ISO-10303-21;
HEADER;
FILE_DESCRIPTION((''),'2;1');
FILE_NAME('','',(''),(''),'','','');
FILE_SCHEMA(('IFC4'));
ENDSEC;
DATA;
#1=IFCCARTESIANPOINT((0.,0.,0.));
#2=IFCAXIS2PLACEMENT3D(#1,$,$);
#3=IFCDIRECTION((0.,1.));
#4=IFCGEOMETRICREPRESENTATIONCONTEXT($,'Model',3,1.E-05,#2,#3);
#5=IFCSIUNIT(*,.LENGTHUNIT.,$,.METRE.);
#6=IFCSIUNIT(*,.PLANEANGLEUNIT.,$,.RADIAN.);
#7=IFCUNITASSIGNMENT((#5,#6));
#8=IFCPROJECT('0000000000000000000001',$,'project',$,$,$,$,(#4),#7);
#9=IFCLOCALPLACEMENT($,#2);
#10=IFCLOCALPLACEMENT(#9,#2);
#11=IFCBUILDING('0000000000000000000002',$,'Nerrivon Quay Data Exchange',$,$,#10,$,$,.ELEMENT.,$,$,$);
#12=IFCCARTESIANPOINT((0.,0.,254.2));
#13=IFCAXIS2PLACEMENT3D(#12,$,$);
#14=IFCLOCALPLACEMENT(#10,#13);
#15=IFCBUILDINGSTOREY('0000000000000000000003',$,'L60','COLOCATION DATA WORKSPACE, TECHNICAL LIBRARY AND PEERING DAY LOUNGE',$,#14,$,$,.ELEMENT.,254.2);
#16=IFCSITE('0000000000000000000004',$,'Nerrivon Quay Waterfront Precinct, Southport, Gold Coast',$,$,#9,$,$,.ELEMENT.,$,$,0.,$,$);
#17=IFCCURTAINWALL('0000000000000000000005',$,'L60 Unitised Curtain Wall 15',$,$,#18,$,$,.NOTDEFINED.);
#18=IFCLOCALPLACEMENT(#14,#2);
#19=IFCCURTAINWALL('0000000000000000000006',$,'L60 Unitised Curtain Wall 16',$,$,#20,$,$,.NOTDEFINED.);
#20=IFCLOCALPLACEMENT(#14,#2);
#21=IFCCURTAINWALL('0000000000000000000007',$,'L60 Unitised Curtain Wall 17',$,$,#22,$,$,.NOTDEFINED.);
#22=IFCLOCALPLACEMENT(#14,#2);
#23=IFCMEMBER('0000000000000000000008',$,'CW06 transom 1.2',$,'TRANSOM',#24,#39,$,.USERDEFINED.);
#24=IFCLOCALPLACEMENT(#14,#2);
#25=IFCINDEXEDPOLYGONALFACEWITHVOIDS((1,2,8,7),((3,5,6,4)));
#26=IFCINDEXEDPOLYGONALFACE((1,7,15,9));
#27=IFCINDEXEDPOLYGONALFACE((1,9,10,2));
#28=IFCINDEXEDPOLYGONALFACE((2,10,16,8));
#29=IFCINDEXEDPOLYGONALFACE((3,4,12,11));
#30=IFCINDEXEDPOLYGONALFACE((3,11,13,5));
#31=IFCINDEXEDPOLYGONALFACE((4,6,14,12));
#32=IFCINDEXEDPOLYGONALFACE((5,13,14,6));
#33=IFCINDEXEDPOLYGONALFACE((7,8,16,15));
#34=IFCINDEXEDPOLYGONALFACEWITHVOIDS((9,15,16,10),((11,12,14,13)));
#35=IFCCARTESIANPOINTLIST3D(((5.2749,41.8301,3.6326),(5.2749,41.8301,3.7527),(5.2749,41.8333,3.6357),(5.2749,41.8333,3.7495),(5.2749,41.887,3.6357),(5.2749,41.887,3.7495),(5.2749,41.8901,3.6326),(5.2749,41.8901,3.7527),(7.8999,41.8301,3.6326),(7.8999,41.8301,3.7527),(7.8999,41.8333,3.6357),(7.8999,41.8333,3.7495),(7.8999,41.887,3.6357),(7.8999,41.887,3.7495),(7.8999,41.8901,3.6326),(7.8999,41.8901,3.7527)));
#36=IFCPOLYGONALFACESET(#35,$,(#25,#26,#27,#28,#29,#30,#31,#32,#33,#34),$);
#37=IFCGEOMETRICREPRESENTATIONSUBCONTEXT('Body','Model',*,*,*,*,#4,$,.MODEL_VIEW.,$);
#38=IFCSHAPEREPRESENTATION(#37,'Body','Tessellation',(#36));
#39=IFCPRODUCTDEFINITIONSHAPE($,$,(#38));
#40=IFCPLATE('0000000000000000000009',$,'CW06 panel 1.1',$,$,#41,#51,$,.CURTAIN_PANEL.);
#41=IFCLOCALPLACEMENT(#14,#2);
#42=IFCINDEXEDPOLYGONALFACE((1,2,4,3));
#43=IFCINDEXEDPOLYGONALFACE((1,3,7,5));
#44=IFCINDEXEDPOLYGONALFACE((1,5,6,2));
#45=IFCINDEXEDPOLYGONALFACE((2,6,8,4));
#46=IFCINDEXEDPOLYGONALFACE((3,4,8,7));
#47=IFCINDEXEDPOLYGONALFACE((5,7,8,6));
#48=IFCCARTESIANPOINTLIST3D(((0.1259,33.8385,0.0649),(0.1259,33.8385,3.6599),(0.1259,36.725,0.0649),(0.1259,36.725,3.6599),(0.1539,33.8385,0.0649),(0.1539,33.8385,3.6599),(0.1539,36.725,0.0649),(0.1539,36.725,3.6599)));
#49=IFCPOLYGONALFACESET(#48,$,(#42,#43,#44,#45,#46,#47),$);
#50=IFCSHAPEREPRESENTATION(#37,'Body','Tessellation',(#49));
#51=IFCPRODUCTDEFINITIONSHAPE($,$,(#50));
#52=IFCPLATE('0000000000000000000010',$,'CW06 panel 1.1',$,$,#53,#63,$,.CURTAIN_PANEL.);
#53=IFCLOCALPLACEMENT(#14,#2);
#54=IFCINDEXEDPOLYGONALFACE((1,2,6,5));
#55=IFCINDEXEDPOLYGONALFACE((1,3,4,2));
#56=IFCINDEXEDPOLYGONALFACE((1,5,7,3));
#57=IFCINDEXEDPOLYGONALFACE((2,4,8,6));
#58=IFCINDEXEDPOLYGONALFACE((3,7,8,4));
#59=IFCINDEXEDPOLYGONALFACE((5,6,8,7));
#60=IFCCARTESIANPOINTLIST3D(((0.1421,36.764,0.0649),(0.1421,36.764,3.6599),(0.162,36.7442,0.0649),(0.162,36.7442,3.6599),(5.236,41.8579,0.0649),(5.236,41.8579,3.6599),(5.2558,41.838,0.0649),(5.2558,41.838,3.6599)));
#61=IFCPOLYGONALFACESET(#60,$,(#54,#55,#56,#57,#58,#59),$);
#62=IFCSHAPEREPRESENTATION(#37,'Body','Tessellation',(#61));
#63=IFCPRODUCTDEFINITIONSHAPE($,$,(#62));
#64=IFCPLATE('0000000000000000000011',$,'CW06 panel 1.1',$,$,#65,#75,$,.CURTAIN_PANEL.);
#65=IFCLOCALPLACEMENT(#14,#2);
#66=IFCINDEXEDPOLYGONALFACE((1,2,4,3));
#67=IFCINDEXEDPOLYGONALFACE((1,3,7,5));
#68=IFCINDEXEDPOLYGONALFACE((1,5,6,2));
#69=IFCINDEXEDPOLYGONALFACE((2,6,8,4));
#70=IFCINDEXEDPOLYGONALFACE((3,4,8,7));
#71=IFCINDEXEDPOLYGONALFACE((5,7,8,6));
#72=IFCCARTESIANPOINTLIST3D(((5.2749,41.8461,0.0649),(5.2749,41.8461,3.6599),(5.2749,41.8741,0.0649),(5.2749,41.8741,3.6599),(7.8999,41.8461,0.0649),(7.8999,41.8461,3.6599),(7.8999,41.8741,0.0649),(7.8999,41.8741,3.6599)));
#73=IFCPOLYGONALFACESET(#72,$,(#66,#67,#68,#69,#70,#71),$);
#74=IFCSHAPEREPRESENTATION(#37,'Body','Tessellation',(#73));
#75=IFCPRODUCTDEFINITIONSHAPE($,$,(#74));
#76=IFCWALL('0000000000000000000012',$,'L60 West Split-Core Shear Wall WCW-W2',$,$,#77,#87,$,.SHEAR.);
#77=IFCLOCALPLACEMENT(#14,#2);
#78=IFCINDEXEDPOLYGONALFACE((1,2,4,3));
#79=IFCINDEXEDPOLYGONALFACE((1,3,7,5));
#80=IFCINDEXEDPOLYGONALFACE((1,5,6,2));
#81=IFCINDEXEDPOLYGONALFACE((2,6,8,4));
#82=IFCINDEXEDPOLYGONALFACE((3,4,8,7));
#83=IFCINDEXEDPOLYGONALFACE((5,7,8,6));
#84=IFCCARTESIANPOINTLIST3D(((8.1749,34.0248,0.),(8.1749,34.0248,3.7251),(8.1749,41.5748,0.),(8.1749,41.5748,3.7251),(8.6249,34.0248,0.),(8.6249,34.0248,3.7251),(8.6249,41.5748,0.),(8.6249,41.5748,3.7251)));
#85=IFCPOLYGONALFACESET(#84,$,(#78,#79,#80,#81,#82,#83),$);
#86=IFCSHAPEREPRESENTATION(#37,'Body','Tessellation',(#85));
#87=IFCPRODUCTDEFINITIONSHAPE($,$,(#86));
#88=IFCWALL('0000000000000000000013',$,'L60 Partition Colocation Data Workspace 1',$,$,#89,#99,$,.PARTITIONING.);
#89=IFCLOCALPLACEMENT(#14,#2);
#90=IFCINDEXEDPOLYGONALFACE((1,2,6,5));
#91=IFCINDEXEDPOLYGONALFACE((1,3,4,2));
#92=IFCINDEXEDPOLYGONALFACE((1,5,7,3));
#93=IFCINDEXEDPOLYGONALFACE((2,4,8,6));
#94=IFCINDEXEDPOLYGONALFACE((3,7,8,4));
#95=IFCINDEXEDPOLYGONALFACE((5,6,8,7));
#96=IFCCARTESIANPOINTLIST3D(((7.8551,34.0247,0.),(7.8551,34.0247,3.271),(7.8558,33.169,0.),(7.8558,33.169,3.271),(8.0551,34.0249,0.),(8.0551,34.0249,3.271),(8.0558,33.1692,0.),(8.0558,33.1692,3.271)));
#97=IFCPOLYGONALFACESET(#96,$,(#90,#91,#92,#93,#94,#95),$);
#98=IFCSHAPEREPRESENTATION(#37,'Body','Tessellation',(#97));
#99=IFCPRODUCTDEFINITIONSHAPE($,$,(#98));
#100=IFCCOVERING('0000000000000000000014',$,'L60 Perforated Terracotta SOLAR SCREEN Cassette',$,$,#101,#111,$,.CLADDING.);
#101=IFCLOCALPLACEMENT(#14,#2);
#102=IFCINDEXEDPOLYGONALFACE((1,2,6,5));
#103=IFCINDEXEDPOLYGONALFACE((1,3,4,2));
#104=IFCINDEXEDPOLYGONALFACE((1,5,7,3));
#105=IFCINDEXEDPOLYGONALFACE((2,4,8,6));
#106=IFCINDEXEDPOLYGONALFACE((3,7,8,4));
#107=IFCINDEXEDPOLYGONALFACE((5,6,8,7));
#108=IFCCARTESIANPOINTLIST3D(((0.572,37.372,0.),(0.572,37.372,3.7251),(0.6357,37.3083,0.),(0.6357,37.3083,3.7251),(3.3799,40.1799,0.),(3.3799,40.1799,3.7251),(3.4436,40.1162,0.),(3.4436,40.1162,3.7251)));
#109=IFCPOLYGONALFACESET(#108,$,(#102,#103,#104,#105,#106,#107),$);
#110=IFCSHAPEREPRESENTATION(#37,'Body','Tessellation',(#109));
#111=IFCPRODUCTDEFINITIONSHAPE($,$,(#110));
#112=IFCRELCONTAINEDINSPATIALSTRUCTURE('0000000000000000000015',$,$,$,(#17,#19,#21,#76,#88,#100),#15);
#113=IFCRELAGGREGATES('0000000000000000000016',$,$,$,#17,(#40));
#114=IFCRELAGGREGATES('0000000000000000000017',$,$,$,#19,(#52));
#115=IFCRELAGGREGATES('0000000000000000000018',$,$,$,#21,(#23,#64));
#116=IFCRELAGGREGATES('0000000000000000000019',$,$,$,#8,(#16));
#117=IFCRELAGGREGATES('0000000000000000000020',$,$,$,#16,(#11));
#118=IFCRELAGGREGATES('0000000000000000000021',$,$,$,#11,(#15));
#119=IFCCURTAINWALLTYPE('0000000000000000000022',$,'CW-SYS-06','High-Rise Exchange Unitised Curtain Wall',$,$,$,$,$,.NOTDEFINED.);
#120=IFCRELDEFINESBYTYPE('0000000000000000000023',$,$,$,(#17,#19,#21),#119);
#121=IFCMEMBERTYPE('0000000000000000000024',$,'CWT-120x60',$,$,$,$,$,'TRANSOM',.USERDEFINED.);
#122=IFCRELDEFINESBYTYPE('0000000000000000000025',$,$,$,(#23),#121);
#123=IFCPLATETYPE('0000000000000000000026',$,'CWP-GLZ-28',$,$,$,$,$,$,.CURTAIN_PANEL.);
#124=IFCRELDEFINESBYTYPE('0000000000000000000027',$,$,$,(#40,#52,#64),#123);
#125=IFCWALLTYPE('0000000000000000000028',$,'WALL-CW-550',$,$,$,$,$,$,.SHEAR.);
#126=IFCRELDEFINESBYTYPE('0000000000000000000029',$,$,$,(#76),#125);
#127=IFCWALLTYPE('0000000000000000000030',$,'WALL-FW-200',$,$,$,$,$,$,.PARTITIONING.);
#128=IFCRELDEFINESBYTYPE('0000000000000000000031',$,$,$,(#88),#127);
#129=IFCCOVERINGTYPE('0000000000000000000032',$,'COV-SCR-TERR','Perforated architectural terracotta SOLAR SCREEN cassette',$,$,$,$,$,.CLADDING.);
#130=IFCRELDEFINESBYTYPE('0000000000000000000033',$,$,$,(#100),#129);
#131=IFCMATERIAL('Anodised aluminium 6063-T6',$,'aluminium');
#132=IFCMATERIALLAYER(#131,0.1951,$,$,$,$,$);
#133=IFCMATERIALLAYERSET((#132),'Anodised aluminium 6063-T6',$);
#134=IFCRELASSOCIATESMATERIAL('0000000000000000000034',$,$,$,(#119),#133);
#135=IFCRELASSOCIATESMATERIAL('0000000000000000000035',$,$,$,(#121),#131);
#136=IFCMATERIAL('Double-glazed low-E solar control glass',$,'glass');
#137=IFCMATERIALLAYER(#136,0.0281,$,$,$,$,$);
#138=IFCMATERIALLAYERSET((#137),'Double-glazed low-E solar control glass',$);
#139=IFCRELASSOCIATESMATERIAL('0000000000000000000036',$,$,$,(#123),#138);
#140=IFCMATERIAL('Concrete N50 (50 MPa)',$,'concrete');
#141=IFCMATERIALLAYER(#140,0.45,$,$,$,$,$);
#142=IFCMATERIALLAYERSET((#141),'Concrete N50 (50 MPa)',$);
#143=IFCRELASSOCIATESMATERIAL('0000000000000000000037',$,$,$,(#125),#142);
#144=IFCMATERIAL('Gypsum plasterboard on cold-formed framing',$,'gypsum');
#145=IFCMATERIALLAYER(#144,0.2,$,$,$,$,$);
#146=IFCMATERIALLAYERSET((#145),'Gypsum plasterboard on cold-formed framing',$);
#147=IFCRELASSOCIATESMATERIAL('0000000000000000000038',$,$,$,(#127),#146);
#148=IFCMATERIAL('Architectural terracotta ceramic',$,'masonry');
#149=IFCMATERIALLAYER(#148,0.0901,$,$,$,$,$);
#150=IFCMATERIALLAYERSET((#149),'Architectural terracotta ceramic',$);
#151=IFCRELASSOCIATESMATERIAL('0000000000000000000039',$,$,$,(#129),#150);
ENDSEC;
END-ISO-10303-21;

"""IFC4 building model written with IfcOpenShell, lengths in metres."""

from ifc_helpers import new_model, si_unit, direction, frame, frame_2d, origin, origin_2d, place, context, subcontext, project, spatial, rectangle, hollow_rectangle, extrude, material, layer, layer_set, material_profile, profile_set, type_object, element, aggregate, save


model = new_model("IFC4")

# Units and contexts
model_context = context("Model", 3, precision=1e-05, world=origin(), true_north=direction((0.0, 1.0)))
body_context = subcontext(model_context, "Body", "Model", "MODEL_VIEW")
ifc_project = project(units=[si_unit("LENGTHUNIT", "METRE"), si_unit("PLANEANGLEUNIT", "RADIAN")], contexts=[model_context])

# Site, building, storey
site_placement = place(None, origin())
site = spatial("IfcSite", under=ifc_project, at=site_placement, Name="Nerrivon Quay Waterfront Precinct, Southport, Gold Coast", CompositionType="ELEMENT", RefElevation=0.0)
building_placement = place(site_placement, origin())
building = spatial("IfcBuilding", under=site, at=building_placement, Name="Nerrivon Quay Data Exchange", CompositionType="ELEMENT")
storey_placement = place(building_placement, frame((0.0, 0.0, 254.2)))
storey = spatial("IfcBuildingStorey", under=building, at=storey_placement, Name="L60", Description="COLOCATION DATA WORKSPACE, TECHNICAL LIBRARY AND PEERING DAY LOUNGE", CompositionType="ELEMENT", Elevation=254.2)

# Shared definitions
ifc_material_1 = material(Name="Concrete N50 (50 MPa)", Category="concrete")

# Shared definitions
ifc_material_2 = material(Name="Anodised aluminium 6063-T6", Category="aluminium")
ifc_layer_1 = layer(ifc_material_2, 0.1951)
ifc_layer_set_1 = layer_set([ifc_layer_1], Name="Anodised aluminium 6063-T6")
curtain_wall_type = type_object("IfcCurtainWallType", Name="CW-SYS-06", Description="High-Rise Exchange Unitised Curtain Wall", PredefinedType="NOTDEFINED", material=ifc_layer_set_1)

# Curtain walls
curtain_wall_1_placement = place(storey_placement, origin())
curtain_wall_1 = element("IfcCurtainWall", 1, at=curtain_wall_1_placement, inside=storey, type_object=curtain_wall_type, Name="L60 Unitised Curtain Wall 15", PredefinedType="NOTDEFINED")
curtain_wall_2_placement = place(storey_placement, origin())
curtain_wall_2 = element("IfcCurtainWall", 2, at=curtain_wall_2_placement, inside=storey, type_object=curtain_wall_type, Name="L60 Unitised Curtain Wall 16", PredefinedType="NOTDEFINED")
curtain_wall_3_placement = place(storey_placement, origin())
curtain_wall_3 = element("IfcCurtainWall", 3, at=curtain_wall_3_placement, inside=storey, type_object=curtain_wall_type, Name="L60 Unitised Curtain Wall 17", PredefinedType="NOTDEFINED")

# Member
ifc_material_profile_1 = material_profile(ifc_material_2, hollow_rectangle(XDim=0.0601, YDim=0.1201, WallThickness=0.0032, at=origin_2d()), Name="ALU-TRAN-120x60")
ifc_profile_set_1 = profile_set([ifc_material_profile_1], Name="Anodised aluminium 6063-T6")
member_type_1 = type_object("IfcMemberType", Name="CWT-120x60", ElementType="TRANSOM", PredefinedType="USERDEFINED", material=ifc_profile_set_1)
member_1_placement = place(storey_placement, frame((5.2749, 41.8601, 3.6926), z_axis=(1.0, 0.0, 0.0), x_axis=(0.0, 1.0, 0.0)))
member_1 = element("IfcMember", 4, at=member_1_placement, type_object=member_type_1, Name="CW06 transom 1.2", ObjectType="TRANSOM", PredefinedType="USERDEFINED", context=body_context, shape_type="SweptSolid", body=[
    extrude(hollow_rectangle(XDim=0.0601, YDim=0.1201, WallThickness=0.0032, at=origin_2d()), origin(), (0.0, 0.0, 1.0), 2.625),
])

# Plates
ifc_material_3 = material(Name="Double-glazed low-E solar control glass", Category="glass")
ifc_layer_2 = layer(ifc_material_3, 0.0281)
ifc_layer_set_2 = layer_set([ifc_layer_2], Name="Double-glazed low-E solar control glass")
plate_type = type_object("IfcPlateType", Name="CWP-GLZ-28", PredefinedType="CURTAIN_PANEL", material=ifc_layer_set_2)
plate_1_placement = place(storey_placement, frame((0.1399, 35.2817, 0.0649), z_axis=(0.0, 0.0, 1.0), x_axis=(0.0, 1.0, 0.0)))
plate_1 = element("IfcPlate", 5, at=plate_1_placement, type_object=plate_type, Name="CW06 panel 1.1", PredefinedType="CURTAIN_PANEL", context=body_context, shape_type="SweptSolid", body=[
    extrude(rectangle(XDim=2.8865, YDim=0.0281, at=origin_2d()), origin(), (0.0, 0.0, 1.0), 3.595),
])
aggregate(curtain_wall_1, [plate_1])
plate_2_placement = place(storey_placement, frame((2.699, 39.301, 0.0649), z_axis=(0.0, 0.0, 1.0), x_axis=(0.707107, 0.707107, 0.0)))
plate_2 = element("IfcPlate", 6, at=plate_2_placement, type_object=plate_type, Name="CW06 panel 1.1", PredefinedType="CURTAIN_PANEL", context=body_context, shape_type="SweptSolid", body=[
    extrude(rectangle(XDim=7.2039, YDim=0.0281, at=origin_2d()), origin(), (0.0, 0.0, 1.0), 3.595),
])
aggregate(curtain_wall_2, [plate_2])
plate_3_placement = place(storey_placement, frame((6.5874, 41.8601, 0.0649), z_axis=(0.0, 0.0, 1.0), x_axis=(1.0, 0.0, 0.0)))
plate_3 = element("IfcPlate", 7, at=plate_3_placement, type_object=plate_type, Name="CW06 panel 1.1", PredefinedType="CURTAIN_PANEL", context=body_context, shape_type="SweptSolid", body=[
    extrude(rectangle(XDim=2.625, YDim=0.0281, at=origin_2d()), origin(), (0.0, 0.0, 1.0), 3.595),
])
aggregate(curtain_wall_3, [member_1, plate_3])

# Walls
ifc_layer_3 = layer(ifc_material_1, 0.45)
ifc_layer_set_3 = layer_set([ifc_layer_3], Name="Concrete N50 (50 MPa)")
wall_type_1 = type_object("IfcWallType", Name="WALL-CW-550", PredefinedType="SHEAR", material=ifc_layer_set_3)
wall_1_placement = place(storey_placement, frame((8.3999, 34.0249, 0.0), z_axis=(0.0, 0.0, 1.0), x_axis=(0.0, 1.0, 0.0)))
element("IfcWall", 8, at=wall_1_placement, inside=storey, type_object=wall_type_1, Name="L60 West Split-Core Shear Wall WCW-W2", PredefinedType="SHEAR", context=body_context, shape_type="SweptSolid", body=[
    extrude(rectangle(XDim=7.55, YDim=0.45, at=frame_2d((3.7749, 0.0))), origin(), (0.0, 0.0, 1.0), 3.7251),
])
ifc_material_4 = material(Name="Gypsum plasterboard on cold-formed framing", Category="gypsum")
ifc_layer_4 = layer(ifc_material_4, 0.2)
ifc_layer_set_4 = layer_set([ifc_layer_4], Name="Gypsum plasterboard on cold-formed framing")
wall_type_2 = type_object("IfcWallType", Name="WALL-FW-200", PredefinedType="PARTITIONING", material=ifc_layer_set_4)
wall_2_placement = place(storey_placement, frame((7.9558, 33.1692, 0.0), z_axis=(0.0, 0.0, 1.0), x_axis=(-0.000856, 1.0, 0.0)))
element("IfcWall", 9, at=wall_2_placement, inside=storey, type_object=wall_type_2, Name="L60 Partition Colocation Data Workspace 1", PredefinedType="PARTITIONING", context=body_context, shape_type="SweptSolid", body=[
    extrude(rectangle(XDim=0.8557, YDim=0.2, at=frame_2d((0.4277, 0.0))), origin(), (0.0, 0.0, 1.0), 3.271),
])

# Covering
ifc_material_5 = material(Name="Architectural terracotta ceramic", Category="masonry")
ifc_layer_5 = layer(ifc_material_5, 0.0901)
ifc_layer_set_5 = layer_set([ifc_layer_5], Name="Architectural terracotta ceramic")
covering_type = type_object("IfcCoveringType", Name="COV-SCR-TERR", Description="Perforated architectural terracotta SOLAR SCREEN cassette", PredefinedType="CLADDING", material=ifc_layer_set_5)
covering_placement = place(storey_placement, frame((2.0078, 38.7441, 0.0), z_axis=(0.0, 0.0, 1.0), x_axis=(0.707107, 0.707107, 0.0)))
element("IfcCovering", 10, at=covering_placement, inside=storey, type_object=covering_type, Name="L60 Perforated Terracotta SOLAR SCREEN Cassette", PredefinedType="CLADDING", context=body_context, shape_type="SweptSolid", body=[
    extrude(rectangle(XDim=3.9709, YDim=0.0901, at=origin_2d()), origin(), (0.0, 0.0, 1.0), 3.7251),
])

save(model, "model.ifc")
